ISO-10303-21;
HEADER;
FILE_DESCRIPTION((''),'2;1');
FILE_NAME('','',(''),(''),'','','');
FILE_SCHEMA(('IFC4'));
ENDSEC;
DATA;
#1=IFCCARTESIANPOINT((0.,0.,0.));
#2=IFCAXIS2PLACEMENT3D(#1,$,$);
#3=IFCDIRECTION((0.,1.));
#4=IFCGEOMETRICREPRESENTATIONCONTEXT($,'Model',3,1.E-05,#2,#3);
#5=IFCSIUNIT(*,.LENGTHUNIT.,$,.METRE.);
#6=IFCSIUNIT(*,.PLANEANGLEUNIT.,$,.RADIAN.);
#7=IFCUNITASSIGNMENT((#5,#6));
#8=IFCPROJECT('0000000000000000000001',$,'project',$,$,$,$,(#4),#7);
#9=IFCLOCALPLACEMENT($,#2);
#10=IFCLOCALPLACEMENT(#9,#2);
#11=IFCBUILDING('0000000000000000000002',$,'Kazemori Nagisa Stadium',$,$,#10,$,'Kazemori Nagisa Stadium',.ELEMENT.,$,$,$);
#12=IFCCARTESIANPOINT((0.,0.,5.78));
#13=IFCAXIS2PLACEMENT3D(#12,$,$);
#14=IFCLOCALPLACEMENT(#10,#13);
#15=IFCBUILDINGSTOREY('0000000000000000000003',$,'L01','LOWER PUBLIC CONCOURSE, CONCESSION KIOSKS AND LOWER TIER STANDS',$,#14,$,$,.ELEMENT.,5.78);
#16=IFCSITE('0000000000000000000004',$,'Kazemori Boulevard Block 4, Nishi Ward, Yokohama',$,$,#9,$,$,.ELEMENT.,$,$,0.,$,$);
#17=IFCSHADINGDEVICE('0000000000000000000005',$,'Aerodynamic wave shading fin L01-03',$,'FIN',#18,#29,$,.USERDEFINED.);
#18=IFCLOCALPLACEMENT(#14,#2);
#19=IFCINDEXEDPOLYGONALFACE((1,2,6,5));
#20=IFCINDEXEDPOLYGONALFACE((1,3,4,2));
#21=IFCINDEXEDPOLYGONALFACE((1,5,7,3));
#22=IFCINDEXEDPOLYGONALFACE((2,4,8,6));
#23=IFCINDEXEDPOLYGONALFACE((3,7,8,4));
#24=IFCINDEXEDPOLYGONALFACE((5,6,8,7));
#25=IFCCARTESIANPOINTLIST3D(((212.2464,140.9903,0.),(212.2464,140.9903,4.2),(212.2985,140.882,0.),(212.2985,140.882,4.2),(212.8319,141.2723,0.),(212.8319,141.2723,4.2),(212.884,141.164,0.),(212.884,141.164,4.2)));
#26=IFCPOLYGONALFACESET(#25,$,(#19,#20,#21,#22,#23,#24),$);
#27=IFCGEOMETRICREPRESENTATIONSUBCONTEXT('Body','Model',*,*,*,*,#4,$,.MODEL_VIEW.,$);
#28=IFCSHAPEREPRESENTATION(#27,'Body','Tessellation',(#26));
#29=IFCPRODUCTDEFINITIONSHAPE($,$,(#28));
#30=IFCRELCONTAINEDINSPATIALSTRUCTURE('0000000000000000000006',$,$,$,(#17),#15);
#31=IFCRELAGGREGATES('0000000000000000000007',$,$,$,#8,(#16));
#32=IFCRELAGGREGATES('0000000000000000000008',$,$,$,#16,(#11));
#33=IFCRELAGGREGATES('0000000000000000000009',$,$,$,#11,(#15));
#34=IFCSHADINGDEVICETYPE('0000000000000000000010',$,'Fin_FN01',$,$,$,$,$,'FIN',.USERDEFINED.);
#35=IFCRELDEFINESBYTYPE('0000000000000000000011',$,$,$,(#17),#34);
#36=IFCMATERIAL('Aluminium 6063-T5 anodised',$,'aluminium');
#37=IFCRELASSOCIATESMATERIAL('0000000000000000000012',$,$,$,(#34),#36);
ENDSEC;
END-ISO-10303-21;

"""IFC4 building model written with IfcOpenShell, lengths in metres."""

from ifc_helpers import new_model, si_unit, direction, frame, origin, origin_2d, place, context, subcontext, project, spatial, rectangle, extrude, material, type_object, element, save


model = new_model("IFC4")

# Units and contexts
model_context = context("Model", 3, precision=1e-05, world=origin(), true_north=direction((0.0, 1.0)))
body_context = subcontext(model_context, "Body", "Model", "MODEL_VIEW")
ifc_project = project(units=[si_unit("LENGTHUNIT", "METRE"), si_unit("PLANEANGLEUNIT", "RADIAN")], contexts=[model_context])

# Site, building, storey
site_placement = place(None, origin())
site = spatial("IfcSite", under=ifc_project, at=site_placement, Name="Kazemori Boulevard Block 4, Nishi Ward, Yokohama", CompositionType="ELEMENT", RefElevation=0.0)
building_placement = place(site_placement, origin())
building = spatial("IfcBuilding", under=site, at=building_placement, Name="Kazemori Nagisa Stadium", LongName="Kazemori Nagisa Stadium", CompositionType="ELEMENT")
storey_placement = place(building_placement, frame((0.0, 0.0, 5.78)))
storey = spatial("IfcBuildingStorey", under=building, at=storey_placement, Name="L01", Description="LOWER PUBLIC CONCOURSE, CONCESSION KIOSKS AND LOWER TIER STANDS", CompositionType="ELEMENT", Elevation=5.78)

# Shared definitions
ifc_material_1 = material(Name="Aluminium 6063-T5 anodised", Category="aluminium")

# Shading device
shading_device_type = type_object("IfcShadingDeviceType", Name="Fin_FN01", ElementType="FIN", PredefinedType="USERDEFINED", material=ifc_material_1)
shading_device_placement = place(storey_placement, frame((212.5652, 141.0771, 0.0), z_axis=(0.0, 0.0, 1.0), x_axis=(0.900969, 0.433884, 0.0)))
element("IfcShadingDevice", 1, at=shading_device_placement, inside=storey, type_object=shading_device_type, Name="Aerodynamic wave shading fin L01-03", ObjectType="FIN", PredefinedType="USERDEFINED", context=body_context, shape_type="SweptSolid", body=[
    extrude(rectangle(XDim=0.6499, YDim=0.1201, at=origin_2d()), origin(), (0.0, 0.0, 1.0), 4.2),
])

save(model, "model.ifc")
